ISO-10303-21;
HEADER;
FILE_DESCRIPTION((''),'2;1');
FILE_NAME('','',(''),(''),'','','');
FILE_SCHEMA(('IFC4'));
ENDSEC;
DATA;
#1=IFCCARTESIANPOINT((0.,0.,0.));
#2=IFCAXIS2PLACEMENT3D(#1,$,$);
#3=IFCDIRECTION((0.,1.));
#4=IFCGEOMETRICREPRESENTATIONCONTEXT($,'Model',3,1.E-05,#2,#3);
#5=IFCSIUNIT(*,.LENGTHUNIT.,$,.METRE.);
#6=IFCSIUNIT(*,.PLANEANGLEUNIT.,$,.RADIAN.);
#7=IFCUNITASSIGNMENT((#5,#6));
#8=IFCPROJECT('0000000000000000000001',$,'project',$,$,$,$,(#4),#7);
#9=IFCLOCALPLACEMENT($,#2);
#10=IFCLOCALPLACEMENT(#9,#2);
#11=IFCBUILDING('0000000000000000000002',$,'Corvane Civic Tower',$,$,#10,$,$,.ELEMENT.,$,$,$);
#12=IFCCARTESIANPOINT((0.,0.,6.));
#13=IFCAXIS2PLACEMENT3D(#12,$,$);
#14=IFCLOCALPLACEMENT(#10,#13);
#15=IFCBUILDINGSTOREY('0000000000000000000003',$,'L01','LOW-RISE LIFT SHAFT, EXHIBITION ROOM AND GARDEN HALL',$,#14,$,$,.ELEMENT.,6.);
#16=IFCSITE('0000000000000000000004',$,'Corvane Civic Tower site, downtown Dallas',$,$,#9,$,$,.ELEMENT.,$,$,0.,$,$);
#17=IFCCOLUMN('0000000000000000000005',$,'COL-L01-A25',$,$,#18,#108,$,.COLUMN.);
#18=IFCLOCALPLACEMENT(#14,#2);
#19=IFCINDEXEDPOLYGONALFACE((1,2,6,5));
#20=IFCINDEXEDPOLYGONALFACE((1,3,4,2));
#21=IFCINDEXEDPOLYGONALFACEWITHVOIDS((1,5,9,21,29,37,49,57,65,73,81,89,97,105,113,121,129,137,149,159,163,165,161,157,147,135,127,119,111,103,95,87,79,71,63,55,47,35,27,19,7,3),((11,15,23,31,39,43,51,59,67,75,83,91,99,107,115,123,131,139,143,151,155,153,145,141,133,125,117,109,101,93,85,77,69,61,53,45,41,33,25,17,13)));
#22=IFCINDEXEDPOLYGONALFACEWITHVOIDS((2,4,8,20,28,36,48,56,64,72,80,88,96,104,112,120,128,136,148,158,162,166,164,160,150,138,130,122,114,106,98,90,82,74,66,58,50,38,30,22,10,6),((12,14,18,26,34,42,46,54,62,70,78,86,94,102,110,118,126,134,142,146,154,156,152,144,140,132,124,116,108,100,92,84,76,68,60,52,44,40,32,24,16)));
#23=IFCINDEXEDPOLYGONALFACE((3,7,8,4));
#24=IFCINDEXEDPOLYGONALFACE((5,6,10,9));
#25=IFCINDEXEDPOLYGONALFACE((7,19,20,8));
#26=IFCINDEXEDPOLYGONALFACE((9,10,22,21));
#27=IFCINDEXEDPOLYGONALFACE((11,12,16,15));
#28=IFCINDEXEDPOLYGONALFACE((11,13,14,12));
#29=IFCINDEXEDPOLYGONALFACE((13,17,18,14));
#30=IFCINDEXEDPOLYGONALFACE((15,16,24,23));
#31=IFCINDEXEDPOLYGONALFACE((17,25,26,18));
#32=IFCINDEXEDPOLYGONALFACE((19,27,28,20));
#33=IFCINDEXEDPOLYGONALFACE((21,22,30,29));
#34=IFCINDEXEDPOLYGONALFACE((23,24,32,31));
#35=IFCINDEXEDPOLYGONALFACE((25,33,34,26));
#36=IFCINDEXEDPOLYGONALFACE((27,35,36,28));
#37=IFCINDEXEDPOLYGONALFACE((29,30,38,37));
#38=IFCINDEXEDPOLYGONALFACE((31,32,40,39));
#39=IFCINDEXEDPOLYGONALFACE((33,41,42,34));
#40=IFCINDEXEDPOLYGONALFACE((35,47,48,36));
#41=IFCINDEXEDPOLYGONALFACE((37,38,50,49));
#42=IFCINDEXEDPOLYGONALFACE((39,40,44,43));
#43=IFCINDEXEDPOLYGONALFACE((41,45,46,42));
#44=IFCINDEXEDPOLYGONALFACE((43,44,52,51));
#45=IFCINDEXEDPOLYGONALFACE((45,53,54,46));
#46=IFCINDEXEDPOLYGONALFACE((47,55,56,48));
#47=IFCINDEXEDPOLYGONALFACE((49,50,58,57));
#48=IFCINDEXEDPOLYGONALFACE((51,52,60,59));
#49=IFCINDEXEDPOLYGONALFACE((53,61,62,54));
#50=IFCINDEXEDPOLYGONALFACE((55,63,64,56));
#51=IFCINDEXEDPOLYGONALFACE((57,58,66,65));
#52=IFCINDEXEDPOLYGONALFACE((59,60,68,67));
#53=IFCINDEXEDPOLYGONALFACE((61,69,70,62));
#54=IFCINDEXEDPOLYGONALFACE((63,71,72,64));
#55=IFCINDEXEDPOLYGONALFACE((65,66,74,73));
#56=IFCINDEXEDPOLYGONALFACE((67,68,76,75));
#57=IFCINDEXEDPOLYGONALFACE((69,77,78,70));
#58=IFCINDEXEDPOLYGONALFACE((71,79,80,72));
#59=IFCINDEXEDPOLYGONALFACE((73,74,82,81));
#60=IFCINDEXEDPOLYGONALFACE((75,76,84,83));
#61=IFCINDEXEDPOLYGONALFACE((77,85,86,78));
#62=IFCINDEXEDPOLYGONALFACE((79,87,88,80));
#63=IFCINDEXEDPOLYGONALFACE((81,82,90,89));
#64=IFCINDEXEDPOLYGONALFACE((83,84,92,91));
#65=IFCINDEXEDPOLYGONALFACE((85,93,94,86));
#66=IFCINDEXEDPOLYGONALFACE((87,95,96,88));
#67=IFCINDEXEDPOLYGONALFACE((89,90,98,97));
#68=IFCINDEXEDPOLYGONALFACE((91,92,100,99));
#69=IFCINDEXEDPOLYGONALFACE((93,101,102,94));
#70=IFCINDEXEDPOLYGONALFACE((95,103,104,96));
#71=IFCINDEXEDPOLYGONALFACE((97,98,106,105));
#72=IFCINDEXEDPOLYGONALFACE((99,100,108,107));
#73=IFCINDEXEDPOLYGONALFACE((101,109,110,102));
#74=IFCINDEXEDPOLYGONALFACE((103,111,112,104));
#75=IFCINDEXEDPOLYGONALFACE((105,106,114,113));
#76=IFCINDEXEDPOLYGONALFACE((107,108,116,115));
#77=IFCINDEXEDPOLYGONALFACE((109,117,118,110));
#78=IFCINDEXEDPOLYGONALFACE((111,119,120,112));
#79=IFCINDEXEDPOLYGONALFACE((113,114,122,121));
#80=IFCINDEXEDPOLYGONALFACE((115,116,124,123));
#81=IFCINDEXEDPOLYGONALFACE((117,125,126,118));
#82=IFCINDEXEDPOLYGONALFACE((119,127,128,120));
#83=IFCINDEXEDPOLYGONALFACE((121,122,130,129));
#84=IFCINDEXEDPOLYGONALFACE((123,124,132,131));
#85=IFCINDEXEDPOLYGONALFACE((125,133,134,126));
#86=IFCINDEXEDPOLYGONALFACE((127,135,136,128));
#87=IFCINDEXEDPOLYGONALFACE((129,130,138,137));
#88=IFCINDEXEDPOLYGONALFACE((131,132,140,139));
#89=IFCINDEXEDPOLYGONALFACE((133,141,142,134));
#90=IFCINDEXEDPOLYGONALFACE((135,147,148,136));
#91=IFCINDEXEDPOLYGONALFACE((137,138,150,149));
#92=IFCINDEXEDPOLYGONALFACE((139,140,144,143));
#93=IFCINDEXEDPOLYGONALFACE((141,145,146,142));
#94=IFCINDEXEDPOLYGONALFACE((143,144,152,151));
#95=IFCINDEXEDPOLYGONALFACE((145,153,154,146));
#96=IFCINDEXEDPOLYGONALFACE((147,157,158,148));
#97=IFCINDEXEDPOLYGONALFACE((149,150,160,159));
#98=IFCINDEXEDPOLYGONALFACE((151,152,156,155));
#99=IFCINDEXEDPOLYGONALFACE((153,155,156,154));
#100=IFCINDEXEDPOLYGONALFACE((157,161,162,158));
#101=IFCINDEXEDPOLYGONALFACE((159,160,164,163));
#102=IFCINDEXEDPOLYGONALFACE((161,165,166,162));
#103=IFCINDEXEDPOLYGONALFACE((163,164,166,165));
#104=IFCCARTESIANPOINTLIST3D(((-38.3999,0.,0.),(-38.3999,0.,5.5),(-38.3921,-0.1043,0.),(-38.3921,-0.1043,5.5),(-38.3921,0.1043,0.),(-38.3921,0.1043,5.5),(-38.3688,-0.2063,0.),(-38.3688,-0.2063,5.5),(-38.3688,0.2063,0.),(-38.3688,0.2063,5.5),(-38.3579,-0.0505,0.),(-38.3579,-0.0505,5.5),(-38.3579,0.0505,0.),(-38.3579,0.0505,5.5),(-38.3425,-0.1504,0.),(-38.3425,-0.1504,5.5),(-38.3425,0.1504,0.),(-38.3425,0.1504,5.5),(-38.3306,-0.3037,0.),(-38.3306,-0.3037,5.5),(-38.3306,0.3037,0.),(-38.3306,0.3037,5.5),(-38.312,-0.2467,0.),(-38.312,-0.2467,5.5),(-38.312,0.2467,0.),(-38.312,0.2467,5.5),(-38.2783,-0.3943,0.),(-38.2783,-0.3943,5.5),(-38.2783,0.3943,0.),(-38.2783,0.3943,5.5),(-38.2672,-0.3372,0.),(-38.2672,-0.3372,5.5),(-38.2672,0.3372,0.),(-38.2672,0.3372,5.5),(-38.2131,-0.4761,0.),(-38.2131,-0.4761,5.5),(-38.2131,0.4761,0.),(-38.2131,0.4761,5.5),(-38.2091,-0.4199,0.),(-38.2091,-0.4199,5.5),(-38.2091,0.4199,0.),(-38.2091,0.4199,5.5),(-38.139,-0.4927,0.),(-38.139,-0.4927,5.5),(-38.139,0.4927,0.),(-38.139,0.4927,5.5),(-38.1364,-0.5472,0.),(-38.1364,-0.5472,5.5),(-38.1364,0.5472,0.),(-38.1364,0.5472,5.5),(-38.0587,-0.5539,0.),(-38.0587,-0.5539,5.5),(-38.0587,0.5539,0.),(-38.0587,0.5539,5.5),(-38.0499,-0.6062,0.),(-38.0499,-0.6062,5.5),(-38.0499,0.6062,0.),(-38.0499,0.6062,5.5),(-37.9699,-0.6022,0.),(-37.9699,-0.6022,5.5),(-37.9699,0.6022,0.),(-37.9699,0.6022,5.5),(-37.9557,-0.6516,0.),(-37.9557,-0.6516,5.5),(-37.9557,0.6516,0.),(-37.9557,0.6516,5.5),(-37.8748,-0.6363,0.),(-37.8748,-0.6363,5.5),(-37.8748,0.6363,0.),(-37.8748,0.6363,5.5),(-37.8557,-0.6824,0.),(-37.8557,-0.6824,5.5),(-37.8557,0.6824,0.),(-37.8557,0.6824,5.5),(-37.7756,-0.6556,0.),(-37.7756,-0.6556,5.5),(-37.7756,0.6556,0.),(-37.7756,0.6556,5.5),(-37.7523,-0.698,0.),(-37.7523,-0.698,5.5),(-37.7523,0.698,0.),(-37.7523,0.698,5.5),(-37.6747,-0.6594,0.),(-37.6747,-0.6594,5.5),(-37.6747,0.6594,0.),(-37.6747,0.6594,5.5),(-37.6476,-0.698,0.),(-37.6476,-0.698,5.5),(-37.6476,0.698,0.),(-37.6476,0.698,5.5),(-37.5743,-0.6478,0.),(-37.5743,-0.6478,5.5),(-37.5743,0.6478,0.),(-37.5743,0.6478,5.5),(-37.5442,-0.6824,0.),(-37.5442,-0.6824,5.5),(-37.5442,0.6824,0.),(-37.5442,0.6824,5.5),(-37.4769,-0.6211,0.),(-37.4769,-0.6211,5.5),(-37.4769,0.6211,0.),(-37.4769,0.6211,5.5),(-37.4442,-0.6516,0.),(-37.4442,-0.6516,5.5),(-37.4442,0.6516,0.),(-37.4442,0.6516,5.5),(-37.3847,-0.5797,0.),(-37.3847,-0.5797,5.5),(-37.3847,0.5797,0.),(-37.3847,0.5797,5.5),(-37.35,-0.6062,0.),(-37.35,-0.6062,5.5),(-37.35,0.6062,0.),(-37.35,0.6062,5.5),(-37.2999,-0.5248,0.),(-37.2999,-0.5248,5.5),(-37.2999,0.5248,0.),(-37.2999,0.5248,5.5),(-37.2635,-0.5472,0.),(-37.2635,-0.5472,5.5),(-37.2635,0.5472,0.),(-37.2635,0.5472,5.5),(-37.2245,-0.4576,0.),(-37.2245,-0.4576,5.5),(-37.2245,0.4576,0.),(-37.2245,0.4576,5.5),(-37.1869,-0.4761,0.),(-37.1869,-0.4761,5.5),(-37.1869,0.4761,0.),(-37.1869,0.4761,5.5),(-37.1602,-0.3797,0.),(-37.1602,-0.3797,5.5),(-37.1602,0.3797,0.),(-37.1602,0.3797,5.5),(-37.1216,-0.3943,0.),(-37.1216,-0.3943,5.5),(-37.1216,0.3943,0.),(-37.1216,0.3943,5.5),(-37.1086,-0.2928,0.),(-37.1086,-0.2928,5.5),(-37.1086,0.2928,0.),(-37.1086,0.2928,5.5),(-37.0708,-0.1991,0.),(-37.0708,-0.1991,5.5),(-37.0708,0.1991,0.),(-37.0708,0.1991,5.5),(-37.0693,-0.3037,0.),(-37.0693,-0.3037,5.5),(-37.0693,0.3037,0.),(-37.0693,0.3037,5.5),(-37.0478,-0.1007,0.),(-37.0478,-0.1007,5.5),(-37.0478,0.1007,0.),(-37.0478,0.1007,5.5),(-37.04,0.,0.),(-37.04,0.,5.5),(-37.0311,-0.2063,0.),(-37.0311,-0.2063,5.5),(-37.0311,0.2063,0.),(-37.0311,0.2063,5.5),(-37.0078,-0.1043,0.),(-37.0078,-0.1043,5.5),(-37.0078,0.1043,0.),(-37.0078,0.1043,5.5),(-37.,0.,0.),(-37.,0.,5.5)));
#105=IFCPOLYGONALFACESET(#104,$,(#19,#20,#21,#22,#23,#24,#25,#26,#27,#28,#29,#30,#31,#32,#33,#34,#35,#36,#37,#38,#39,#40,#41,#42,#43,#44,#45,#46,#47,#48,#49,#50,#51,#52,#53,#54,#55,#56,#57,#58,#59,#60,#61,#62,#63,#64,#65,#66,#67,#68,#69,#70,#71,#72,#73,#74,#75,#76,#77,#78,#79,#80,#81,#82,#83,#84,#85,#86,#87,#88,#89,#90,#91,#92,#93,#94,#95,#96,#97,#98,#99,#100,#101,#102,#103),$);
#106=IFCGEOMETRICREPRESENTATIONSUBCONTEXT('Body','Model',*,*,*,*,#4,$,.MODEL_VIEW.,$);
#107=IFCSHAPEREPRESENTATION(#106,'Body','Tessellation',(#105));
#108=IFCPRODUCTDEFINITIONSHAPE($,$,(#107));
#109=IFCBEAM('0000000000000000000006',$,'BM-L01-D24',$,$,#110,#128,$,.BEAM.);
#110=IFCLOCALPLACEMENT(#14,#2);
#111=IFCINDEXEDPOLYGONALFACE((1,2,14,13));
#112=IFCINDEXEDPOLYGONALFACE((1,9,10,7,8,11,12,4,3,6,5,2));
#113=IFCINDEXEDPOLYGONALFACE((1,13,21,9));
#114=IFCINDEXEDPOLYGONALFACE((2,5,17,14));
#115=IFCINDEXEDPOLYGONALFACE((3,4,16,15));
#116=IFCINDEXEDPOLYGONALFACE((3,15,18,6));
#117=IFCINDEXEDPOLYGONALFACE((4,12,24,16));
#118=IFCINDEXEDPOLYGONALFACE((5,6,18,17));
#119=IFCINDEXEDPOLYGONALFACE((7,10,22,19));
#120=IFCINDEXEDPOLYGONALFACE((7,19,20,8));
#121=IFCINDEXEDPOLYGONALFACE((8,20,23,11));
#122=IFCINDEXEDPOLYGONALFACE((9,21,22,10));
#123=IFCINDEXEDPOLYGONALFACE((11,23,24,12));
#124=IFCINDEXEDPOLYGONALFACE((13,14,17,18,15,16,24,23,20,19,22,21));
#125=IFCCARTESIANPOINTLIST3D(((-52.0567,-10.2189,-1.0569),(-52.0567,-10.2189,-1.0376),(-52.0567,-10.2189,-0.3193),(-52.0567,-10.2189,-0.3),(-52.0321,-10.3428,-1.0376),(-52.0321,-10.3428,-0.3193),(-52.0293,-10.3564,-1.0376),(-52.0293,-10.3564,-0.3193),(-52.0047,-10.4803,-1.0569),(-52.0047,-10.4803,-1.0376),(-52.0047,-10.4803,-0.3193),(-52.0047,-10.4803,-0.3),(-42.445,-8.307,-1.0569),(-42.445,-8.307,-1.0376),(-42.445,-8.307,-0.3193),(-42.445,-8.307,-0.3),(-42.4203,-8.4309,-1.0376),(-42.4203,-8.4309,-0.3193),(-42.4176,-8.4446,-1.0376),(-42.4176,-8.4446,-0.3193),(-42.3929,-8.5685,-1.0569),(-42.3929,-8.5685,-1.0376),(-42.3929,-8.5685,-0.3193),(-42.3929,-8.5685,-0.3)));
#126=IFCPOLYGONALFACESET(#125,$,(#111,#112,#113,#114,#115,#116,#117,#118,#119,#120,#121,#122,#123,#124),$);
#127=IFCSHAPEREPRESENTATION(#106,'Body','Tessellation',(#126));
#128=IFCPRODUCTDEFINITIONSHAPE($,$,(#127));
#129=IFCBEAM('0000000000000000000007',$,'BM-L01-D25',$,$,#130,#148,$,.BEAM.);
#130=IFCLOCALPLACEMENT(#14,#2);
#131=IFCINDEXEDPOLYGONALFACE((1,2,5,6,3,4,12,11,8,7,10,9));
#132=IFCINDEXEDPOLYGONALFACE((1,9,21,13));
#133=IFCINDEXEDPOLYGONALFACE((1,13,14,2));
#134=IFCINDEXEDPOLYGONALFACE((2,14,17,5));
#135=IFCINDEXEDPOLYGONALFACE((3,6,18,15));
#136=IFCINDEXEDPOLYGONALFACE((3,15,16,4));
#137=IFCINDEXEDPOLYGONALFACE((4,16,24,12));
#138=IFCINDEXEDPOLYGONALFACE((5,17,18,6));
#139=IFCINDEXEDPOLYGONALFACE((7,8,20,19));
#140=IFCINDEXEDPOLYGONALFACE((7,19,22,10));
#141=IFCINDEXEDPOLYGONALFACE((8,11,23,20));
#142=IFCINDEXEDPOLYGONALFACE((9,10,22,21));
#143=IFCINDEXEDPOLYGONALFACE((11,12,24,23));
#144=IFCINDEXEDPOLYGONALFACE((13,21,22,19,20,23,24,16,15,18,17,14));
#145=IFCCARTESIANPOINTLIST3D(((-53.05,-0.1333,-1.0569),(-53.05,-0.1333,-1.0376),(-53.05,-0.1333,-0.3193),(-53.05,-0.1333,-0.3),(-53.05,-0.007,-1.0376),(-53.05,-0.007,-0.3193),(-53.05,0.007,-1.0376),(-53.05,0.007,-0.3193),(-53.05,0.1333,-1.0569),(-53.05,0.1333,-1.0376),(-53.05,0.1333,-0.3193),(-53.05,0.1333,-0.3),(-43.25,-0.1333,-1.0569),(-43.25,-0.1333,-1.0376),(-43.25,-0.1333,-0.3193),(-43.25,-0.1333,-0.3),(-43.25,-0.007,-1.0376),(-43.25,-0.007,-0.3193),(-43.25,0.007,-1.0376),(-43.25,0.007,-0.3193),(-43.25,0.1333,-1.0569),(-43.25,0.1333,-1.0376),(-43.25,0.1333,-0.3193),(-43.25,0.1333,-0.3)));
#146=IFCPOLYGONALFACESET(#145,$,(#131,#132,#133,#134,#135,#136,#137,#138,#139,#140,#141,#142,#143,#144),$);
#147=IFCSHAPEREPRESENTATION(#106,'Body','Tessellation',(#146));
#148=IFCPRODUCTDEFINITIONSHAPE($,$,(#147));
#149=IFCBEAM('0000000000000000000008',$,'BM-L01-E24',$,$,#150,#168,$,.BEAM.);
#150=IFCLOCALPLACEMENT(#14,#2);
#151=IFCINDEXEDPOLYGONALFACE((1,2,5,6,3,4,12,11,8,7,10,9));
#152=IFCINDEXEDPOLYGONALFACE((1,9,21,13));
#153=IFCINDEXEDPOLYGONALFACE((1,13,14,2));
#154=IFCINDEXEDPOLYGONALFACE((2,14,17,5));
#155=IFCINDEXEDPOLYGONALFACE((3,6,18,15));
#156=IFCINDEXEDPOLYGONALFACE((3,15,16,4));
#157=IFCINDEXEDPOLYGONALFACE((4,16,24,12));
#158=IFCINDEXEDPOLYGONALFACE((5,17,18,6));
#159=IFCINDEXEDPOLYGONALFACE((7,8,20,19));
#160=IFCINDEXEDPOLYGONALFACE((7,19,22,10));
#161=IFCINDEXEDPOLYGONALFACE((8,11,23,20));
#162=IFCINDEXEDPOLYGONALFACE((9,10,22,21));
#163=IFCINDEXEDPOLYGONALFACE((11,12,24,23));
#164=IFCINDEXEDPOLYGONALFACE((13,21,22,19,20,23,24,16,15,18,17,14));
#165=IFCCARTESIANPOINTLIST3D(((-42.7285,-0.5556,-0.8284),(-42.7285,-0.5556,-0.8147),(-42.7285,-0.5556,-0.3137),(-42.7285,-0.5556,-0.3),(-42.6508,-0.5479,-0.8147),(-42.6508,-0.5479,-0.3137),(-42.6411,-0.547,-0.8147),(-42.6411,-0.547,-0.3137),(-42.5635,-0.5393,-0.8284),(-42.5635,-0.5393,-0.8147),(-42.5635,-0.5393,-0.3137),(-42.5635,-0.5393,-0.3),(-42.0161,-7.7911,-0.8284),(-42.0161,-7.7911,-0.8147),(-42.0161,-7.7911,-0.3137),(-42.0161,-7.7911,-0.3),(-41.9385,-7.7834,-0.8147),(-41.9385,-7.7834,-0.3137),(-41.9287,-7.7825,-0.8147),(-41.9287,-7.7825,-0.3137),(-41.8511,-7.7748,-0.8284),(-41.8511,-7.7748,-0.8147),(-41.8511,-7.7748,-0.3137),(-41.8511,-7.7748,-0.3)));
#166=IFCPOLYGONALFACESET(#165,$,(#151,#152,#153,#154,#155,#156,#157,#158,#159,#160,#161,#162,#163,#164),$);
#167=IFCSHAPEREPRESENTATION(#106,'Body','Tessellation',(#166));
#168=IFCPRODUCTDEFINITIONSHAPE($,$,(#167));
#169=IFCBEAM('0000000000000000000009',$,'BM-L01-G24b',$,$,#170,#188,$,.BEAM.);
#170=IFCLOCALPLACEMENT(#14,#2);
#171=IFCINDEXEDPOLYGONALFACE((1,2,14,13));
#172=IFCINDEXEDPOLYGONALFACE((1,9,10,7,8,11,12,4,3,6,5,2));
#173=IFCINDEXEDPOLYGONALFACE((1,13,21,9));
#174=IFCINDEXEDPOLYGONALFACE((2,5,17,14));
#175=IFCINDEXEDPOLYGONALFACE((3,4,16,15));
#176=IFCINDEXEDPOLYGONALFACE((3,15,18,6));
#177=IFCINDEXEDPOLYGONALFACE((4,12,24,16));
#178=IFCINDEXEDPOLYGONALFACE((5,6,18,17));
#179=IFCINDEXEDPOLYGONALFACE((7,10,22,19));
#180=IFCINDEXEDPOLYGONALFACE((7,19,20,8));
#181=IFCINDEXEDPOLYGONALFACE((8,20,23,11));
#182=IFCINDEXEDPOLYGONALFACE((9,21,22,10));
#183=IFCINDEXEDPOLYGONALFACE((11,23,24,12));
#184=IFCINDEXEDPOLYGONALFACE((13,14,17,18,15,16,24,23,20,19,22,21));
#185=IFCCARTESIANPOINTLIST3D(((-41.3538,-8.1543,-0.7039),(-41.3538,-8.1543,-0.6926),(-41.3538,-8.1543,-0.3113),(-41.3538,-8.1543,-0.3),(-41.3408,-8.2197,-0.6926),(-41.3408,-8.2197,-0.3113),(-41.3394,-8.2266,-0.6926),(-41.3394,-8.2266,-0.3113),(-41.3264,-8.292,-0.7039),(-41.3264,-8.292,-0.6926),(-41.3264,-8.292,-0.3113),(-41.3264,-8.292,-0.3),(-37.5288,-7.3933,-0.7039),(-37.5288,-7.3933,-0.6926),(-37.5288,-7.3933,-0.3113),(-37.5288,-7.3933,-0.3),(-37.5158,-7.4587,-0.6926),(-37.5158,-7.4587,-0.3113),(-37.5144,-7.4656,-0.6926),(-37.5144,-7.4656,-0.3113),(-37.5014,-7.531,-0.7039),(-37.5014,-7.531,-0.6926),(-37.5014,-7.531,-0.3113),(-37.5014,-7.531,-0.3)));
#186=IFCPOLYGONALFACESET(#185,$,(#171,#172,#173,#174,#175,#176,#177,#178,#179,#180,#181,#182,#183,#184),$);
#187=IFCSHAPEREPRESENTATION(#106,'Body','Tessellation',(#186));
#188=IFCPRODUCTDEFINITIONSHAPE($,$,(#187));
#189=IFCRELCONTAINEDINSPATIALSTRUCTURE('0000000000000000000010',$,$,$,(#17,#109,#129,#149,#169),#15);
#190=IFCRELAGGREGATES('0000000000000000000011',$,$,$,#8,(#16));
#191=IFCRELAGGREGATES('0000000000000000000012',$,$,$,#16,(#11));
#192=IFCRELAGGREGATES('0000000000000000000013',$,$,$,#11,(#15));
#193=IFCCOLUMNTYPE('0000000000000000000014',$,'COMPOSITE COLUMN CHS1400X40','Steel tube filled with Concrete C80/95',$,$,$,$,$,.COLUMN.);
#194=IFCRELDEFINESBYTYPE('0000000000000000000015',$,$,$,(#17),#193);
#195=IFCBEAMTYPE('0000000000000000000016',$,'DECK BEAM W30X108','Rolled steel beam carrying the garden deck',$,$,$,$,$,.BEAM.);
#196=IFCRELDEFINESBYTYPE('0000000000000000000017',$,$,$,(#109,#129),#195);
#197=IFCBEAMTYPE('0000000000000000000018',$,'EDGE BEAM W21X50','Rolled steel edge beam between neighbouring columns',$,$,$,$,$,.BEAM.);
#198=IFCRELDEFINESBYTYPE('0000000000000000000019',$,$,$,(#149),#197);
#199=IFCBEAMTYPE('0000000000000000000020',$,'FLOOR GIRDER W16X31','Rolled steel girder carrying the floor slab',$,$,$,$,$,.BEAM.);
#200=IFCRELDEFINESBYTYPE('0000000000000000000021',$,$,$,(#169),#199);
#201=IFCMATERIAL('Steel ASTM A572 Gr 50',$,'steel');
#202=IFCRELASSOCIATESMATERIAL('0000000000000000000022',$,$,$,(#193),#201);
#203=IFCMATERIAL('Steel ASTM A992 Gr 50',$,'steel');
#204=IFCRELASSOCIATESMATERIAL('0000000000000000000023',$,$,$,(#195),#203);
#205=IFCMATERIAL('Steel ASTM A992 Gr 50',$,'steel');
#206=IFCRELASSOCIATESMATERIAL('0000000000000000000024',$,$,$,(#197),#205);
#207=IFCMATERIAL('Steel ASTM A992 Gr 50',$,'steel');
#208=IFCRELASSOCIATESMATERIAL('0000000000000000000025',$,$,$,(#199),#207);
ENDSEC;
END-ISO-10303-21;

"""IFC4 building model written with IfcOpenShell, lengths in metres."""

from ifc_helpers import new_model, si_unit, direction, frame, origin, origin_2d, place, context, subcontext, project, spatial, hollow_circle, i_section, extrude, material, material_profile, profile_set, type_object, element, save


model = new_model("IFC4")

# Units and contexts
model_context = context("Model", 3, precision=1e-05, world=origin(), true_north=direction((0.0, 1.0)))
body_context = subcontext(model_context, "Body", "Model", "MODEL_VIEW")
ifc_project = project(units=[si_unit("LENGTHUNIT", "METRE"), si_unit("PLANEANGLEUNIT", "RADIAN")], contexts=[model_context])

# Site, building, storey
site_placement = place(None, origin())
site = spatial("IfcSite", under=ifc_project, at=site_placement, Name="Corvane Civic Tower site, downtown Dallas", CompositionType="ELEMENT", RefElevation=0.0)
building_placement = place(site_placement, origin())
building = spatial("IfcBuilding", under=site, at=building_placement, Name="Corvane Civic Tower", CompositionType="ELEMENT")
storey_placement = place(building_placement, frame((0.0, 0.0, 6.0)))
storey = spatial("IfcBuildingStorey", under=building, at=storey_placement, Name="L01", Description="LOW-RISE LIFT SHAFT, EXHIBITION ROOM AND GARDEN HALL", CompositionType="ELEMENT", Elevation=6.0)

# Column
ifc_material_1 = material(Name="Steel ASTM A572 Gr 50", Category="steel")
ifc_material_profile_1 = material_profile(ifc_material_1, hollow_circle(Radius=0.7, WallThickness=0.04, at=origin_2d()), Name="CHS1400X40")
ifc_profile_set_1 = profile_set([ifc_material_profile_1], Name="Steel ASTM A572 Gr 50")
column_type_1 = type_object("IfcColumnType", Name="COMPOSITE COLUMN CHS1400X40", Description="Steel tube filled with Concrete C80/95", PredefinedType="COLUMN", material=ifc_profile_set_1)
column_placement = place(storey_placement, frame((-37.7, 0.0, 0.0), z_axis=(0.0, 0.0, 1.0), x_axis=(1.0, 0.0, 0.0)))
element("IfcColumn", 1, at=column_placement, inside=storey, type_object=column_type_1, Name="COL-L01-A25", PredefinedType="COLUMN", context=body_context, shape_type="SweptSolid", body=[
    extrude(hollow_circle(Radius=0.7, WallThickness=0.04, at=origin_2d()), origin(), (0.0, 0.0, 1.0), 5.5),
])

# Beams
ifc_material_2 = material(Name="Steel ASTM A992 Gr 50", Category="steel")
ifc_material_profile_2 = material_profile(ifc_material_2, i_section(OverallWidth=0.2666, OverallDepth=0.7568, WebThickness=0.0139, FlangeThickness=0.0193, at=origin_2d()), Name="W30X108")
ifc_profile_set_2 = profile_set([ifc_material_profile_2], Name="Steel ASTM A992 Gr 50")
beam_type_1 = type_object("IfcBeamType", Name="DECK BEAM W30X108", Description="Rolled steel beam carrying the garden deck", PredefinedType="BEAM", material=ifc_profile_set_2)
for number, where, z_axis, x_axis, name in (
    (2, (-42.4189, -8.4377, -0.6785), (-0.980786, -0.195086, 0.0), (0.195086, -0.980786, 0.0), "BM-L01-D24"),
    (3, (-43.25, 0.0, -0.6785), (-1.0, 0.0, 0.0), (0.0, -1.0, 0.0), "BM-L01-D25"),
):
    element("IfcBeam", number, at=place(storey_placement, frame(where, z_axis=z_axis, x_axis=x_axis)), inside=storey, type_object=beam_type_1, Name=name, PredefinedType="BEAM", context=body_context, shape_type="SweptSolid", body=[
        extrude(i_section(OverallWidth=0.2666, OverallDepth=0.7568, WebThickness=0.0139, FlangeThickness=0.0193, at=origin_2d()), origin(), (0.0, 0.0, 1.0), 9.8),
    ])
ifc_material_3 = material(Name="Steel ASTM A992 Gr 50", Category="steel")
ifc_material_profile_3 = material_profile(ifc_material_3, i_section(OverallWidth=0.1658, OverallDepth=0.5283, WebThickness=0.0098, FlangeThickness=0.0137, at=origin_2d()), Name="W21X50")
ifc_profile_set_3 = profile_set([ifc_material_profile_3], Name="Steel ASTM A992 Gr 50")
beam_type_2 = type_object("IfcBeamType", Name="EDGE BEAM W21X50", Description="Rolled steel edge beam between neighbouring columns", PredefinedType="BEAM", material=ifc_profile_set_3)
beam_placement = place(storey_placement, frame((-41.9336, -7.783, -0.5642), z_axis=(-0.097984, 0.995188, 0.0), x_axis=(-0.995188, -0.097984, 0.0)))
element("IfcBeam", 4, at=beam_placement, inside=storey, type_object=beam_type_2, Name="BM-L01-E24", PredefinedType="BEAM", context=body_context, shape_type="SweptSolid", body=[
    extrude(i_section(OverallWidth=0.1658, OverallDepth=0.5283, WebThickness=0.0098, FlangeThickness=0.0137, at=origin_2d()), origin(), (0.0, 0.0, 1.0), 7.2705),
])
ifc_material_4 = material(Name="Steel ASTM A992 Gr 50", Category="steel")
ifc_material_profile_4 = material_profile(ifc_material_4, i_section(OverallWidth=0.1404, OverallDepth=0.4038, WebThickness=0.0071, FlangeThickness=0.0112, at=origin_2d()), Name="W16X31")
ifc_profile_set_4 = profile_set([ifc_material_profile_4], Name="Steel ASTM A992 Gr 50")
beam_type_3 = type_object("IfcBeamType", Name="FLOOR GIRDER W16X31", Description="Rolled steel girder carrying the floor slab", PredefinedType="BEAM", material=ifc_profile_set_4)
for number, where, z_axis, x_axis, name in (
    (5, (-37.5151, -7.4622, -0.502), (-0.980778, -0.195129, 0.0), (0.195129, -0.980778, 0.0), "BM-L01-G24b"),
):
    element("IfcBeam", number, at=place(storey_placement, frame(where, z_axis=z_axis, x_axis=x_axis)), inside=storey, type_object=beam_type_3, Name=name, PredefinedType="BEAM", context=body_context, shape_type="SweptSolid", body=[
        extrude(i_section(OverallWidth=0.1404, OverallDepth=0.4038, WebThickness=0.0071, FlangeThickness=0.0112, at=origin_2d()), origin(), (0.0, 0.0, 1.0), 3.8999),
    ])

save(model, "model.ifc")
